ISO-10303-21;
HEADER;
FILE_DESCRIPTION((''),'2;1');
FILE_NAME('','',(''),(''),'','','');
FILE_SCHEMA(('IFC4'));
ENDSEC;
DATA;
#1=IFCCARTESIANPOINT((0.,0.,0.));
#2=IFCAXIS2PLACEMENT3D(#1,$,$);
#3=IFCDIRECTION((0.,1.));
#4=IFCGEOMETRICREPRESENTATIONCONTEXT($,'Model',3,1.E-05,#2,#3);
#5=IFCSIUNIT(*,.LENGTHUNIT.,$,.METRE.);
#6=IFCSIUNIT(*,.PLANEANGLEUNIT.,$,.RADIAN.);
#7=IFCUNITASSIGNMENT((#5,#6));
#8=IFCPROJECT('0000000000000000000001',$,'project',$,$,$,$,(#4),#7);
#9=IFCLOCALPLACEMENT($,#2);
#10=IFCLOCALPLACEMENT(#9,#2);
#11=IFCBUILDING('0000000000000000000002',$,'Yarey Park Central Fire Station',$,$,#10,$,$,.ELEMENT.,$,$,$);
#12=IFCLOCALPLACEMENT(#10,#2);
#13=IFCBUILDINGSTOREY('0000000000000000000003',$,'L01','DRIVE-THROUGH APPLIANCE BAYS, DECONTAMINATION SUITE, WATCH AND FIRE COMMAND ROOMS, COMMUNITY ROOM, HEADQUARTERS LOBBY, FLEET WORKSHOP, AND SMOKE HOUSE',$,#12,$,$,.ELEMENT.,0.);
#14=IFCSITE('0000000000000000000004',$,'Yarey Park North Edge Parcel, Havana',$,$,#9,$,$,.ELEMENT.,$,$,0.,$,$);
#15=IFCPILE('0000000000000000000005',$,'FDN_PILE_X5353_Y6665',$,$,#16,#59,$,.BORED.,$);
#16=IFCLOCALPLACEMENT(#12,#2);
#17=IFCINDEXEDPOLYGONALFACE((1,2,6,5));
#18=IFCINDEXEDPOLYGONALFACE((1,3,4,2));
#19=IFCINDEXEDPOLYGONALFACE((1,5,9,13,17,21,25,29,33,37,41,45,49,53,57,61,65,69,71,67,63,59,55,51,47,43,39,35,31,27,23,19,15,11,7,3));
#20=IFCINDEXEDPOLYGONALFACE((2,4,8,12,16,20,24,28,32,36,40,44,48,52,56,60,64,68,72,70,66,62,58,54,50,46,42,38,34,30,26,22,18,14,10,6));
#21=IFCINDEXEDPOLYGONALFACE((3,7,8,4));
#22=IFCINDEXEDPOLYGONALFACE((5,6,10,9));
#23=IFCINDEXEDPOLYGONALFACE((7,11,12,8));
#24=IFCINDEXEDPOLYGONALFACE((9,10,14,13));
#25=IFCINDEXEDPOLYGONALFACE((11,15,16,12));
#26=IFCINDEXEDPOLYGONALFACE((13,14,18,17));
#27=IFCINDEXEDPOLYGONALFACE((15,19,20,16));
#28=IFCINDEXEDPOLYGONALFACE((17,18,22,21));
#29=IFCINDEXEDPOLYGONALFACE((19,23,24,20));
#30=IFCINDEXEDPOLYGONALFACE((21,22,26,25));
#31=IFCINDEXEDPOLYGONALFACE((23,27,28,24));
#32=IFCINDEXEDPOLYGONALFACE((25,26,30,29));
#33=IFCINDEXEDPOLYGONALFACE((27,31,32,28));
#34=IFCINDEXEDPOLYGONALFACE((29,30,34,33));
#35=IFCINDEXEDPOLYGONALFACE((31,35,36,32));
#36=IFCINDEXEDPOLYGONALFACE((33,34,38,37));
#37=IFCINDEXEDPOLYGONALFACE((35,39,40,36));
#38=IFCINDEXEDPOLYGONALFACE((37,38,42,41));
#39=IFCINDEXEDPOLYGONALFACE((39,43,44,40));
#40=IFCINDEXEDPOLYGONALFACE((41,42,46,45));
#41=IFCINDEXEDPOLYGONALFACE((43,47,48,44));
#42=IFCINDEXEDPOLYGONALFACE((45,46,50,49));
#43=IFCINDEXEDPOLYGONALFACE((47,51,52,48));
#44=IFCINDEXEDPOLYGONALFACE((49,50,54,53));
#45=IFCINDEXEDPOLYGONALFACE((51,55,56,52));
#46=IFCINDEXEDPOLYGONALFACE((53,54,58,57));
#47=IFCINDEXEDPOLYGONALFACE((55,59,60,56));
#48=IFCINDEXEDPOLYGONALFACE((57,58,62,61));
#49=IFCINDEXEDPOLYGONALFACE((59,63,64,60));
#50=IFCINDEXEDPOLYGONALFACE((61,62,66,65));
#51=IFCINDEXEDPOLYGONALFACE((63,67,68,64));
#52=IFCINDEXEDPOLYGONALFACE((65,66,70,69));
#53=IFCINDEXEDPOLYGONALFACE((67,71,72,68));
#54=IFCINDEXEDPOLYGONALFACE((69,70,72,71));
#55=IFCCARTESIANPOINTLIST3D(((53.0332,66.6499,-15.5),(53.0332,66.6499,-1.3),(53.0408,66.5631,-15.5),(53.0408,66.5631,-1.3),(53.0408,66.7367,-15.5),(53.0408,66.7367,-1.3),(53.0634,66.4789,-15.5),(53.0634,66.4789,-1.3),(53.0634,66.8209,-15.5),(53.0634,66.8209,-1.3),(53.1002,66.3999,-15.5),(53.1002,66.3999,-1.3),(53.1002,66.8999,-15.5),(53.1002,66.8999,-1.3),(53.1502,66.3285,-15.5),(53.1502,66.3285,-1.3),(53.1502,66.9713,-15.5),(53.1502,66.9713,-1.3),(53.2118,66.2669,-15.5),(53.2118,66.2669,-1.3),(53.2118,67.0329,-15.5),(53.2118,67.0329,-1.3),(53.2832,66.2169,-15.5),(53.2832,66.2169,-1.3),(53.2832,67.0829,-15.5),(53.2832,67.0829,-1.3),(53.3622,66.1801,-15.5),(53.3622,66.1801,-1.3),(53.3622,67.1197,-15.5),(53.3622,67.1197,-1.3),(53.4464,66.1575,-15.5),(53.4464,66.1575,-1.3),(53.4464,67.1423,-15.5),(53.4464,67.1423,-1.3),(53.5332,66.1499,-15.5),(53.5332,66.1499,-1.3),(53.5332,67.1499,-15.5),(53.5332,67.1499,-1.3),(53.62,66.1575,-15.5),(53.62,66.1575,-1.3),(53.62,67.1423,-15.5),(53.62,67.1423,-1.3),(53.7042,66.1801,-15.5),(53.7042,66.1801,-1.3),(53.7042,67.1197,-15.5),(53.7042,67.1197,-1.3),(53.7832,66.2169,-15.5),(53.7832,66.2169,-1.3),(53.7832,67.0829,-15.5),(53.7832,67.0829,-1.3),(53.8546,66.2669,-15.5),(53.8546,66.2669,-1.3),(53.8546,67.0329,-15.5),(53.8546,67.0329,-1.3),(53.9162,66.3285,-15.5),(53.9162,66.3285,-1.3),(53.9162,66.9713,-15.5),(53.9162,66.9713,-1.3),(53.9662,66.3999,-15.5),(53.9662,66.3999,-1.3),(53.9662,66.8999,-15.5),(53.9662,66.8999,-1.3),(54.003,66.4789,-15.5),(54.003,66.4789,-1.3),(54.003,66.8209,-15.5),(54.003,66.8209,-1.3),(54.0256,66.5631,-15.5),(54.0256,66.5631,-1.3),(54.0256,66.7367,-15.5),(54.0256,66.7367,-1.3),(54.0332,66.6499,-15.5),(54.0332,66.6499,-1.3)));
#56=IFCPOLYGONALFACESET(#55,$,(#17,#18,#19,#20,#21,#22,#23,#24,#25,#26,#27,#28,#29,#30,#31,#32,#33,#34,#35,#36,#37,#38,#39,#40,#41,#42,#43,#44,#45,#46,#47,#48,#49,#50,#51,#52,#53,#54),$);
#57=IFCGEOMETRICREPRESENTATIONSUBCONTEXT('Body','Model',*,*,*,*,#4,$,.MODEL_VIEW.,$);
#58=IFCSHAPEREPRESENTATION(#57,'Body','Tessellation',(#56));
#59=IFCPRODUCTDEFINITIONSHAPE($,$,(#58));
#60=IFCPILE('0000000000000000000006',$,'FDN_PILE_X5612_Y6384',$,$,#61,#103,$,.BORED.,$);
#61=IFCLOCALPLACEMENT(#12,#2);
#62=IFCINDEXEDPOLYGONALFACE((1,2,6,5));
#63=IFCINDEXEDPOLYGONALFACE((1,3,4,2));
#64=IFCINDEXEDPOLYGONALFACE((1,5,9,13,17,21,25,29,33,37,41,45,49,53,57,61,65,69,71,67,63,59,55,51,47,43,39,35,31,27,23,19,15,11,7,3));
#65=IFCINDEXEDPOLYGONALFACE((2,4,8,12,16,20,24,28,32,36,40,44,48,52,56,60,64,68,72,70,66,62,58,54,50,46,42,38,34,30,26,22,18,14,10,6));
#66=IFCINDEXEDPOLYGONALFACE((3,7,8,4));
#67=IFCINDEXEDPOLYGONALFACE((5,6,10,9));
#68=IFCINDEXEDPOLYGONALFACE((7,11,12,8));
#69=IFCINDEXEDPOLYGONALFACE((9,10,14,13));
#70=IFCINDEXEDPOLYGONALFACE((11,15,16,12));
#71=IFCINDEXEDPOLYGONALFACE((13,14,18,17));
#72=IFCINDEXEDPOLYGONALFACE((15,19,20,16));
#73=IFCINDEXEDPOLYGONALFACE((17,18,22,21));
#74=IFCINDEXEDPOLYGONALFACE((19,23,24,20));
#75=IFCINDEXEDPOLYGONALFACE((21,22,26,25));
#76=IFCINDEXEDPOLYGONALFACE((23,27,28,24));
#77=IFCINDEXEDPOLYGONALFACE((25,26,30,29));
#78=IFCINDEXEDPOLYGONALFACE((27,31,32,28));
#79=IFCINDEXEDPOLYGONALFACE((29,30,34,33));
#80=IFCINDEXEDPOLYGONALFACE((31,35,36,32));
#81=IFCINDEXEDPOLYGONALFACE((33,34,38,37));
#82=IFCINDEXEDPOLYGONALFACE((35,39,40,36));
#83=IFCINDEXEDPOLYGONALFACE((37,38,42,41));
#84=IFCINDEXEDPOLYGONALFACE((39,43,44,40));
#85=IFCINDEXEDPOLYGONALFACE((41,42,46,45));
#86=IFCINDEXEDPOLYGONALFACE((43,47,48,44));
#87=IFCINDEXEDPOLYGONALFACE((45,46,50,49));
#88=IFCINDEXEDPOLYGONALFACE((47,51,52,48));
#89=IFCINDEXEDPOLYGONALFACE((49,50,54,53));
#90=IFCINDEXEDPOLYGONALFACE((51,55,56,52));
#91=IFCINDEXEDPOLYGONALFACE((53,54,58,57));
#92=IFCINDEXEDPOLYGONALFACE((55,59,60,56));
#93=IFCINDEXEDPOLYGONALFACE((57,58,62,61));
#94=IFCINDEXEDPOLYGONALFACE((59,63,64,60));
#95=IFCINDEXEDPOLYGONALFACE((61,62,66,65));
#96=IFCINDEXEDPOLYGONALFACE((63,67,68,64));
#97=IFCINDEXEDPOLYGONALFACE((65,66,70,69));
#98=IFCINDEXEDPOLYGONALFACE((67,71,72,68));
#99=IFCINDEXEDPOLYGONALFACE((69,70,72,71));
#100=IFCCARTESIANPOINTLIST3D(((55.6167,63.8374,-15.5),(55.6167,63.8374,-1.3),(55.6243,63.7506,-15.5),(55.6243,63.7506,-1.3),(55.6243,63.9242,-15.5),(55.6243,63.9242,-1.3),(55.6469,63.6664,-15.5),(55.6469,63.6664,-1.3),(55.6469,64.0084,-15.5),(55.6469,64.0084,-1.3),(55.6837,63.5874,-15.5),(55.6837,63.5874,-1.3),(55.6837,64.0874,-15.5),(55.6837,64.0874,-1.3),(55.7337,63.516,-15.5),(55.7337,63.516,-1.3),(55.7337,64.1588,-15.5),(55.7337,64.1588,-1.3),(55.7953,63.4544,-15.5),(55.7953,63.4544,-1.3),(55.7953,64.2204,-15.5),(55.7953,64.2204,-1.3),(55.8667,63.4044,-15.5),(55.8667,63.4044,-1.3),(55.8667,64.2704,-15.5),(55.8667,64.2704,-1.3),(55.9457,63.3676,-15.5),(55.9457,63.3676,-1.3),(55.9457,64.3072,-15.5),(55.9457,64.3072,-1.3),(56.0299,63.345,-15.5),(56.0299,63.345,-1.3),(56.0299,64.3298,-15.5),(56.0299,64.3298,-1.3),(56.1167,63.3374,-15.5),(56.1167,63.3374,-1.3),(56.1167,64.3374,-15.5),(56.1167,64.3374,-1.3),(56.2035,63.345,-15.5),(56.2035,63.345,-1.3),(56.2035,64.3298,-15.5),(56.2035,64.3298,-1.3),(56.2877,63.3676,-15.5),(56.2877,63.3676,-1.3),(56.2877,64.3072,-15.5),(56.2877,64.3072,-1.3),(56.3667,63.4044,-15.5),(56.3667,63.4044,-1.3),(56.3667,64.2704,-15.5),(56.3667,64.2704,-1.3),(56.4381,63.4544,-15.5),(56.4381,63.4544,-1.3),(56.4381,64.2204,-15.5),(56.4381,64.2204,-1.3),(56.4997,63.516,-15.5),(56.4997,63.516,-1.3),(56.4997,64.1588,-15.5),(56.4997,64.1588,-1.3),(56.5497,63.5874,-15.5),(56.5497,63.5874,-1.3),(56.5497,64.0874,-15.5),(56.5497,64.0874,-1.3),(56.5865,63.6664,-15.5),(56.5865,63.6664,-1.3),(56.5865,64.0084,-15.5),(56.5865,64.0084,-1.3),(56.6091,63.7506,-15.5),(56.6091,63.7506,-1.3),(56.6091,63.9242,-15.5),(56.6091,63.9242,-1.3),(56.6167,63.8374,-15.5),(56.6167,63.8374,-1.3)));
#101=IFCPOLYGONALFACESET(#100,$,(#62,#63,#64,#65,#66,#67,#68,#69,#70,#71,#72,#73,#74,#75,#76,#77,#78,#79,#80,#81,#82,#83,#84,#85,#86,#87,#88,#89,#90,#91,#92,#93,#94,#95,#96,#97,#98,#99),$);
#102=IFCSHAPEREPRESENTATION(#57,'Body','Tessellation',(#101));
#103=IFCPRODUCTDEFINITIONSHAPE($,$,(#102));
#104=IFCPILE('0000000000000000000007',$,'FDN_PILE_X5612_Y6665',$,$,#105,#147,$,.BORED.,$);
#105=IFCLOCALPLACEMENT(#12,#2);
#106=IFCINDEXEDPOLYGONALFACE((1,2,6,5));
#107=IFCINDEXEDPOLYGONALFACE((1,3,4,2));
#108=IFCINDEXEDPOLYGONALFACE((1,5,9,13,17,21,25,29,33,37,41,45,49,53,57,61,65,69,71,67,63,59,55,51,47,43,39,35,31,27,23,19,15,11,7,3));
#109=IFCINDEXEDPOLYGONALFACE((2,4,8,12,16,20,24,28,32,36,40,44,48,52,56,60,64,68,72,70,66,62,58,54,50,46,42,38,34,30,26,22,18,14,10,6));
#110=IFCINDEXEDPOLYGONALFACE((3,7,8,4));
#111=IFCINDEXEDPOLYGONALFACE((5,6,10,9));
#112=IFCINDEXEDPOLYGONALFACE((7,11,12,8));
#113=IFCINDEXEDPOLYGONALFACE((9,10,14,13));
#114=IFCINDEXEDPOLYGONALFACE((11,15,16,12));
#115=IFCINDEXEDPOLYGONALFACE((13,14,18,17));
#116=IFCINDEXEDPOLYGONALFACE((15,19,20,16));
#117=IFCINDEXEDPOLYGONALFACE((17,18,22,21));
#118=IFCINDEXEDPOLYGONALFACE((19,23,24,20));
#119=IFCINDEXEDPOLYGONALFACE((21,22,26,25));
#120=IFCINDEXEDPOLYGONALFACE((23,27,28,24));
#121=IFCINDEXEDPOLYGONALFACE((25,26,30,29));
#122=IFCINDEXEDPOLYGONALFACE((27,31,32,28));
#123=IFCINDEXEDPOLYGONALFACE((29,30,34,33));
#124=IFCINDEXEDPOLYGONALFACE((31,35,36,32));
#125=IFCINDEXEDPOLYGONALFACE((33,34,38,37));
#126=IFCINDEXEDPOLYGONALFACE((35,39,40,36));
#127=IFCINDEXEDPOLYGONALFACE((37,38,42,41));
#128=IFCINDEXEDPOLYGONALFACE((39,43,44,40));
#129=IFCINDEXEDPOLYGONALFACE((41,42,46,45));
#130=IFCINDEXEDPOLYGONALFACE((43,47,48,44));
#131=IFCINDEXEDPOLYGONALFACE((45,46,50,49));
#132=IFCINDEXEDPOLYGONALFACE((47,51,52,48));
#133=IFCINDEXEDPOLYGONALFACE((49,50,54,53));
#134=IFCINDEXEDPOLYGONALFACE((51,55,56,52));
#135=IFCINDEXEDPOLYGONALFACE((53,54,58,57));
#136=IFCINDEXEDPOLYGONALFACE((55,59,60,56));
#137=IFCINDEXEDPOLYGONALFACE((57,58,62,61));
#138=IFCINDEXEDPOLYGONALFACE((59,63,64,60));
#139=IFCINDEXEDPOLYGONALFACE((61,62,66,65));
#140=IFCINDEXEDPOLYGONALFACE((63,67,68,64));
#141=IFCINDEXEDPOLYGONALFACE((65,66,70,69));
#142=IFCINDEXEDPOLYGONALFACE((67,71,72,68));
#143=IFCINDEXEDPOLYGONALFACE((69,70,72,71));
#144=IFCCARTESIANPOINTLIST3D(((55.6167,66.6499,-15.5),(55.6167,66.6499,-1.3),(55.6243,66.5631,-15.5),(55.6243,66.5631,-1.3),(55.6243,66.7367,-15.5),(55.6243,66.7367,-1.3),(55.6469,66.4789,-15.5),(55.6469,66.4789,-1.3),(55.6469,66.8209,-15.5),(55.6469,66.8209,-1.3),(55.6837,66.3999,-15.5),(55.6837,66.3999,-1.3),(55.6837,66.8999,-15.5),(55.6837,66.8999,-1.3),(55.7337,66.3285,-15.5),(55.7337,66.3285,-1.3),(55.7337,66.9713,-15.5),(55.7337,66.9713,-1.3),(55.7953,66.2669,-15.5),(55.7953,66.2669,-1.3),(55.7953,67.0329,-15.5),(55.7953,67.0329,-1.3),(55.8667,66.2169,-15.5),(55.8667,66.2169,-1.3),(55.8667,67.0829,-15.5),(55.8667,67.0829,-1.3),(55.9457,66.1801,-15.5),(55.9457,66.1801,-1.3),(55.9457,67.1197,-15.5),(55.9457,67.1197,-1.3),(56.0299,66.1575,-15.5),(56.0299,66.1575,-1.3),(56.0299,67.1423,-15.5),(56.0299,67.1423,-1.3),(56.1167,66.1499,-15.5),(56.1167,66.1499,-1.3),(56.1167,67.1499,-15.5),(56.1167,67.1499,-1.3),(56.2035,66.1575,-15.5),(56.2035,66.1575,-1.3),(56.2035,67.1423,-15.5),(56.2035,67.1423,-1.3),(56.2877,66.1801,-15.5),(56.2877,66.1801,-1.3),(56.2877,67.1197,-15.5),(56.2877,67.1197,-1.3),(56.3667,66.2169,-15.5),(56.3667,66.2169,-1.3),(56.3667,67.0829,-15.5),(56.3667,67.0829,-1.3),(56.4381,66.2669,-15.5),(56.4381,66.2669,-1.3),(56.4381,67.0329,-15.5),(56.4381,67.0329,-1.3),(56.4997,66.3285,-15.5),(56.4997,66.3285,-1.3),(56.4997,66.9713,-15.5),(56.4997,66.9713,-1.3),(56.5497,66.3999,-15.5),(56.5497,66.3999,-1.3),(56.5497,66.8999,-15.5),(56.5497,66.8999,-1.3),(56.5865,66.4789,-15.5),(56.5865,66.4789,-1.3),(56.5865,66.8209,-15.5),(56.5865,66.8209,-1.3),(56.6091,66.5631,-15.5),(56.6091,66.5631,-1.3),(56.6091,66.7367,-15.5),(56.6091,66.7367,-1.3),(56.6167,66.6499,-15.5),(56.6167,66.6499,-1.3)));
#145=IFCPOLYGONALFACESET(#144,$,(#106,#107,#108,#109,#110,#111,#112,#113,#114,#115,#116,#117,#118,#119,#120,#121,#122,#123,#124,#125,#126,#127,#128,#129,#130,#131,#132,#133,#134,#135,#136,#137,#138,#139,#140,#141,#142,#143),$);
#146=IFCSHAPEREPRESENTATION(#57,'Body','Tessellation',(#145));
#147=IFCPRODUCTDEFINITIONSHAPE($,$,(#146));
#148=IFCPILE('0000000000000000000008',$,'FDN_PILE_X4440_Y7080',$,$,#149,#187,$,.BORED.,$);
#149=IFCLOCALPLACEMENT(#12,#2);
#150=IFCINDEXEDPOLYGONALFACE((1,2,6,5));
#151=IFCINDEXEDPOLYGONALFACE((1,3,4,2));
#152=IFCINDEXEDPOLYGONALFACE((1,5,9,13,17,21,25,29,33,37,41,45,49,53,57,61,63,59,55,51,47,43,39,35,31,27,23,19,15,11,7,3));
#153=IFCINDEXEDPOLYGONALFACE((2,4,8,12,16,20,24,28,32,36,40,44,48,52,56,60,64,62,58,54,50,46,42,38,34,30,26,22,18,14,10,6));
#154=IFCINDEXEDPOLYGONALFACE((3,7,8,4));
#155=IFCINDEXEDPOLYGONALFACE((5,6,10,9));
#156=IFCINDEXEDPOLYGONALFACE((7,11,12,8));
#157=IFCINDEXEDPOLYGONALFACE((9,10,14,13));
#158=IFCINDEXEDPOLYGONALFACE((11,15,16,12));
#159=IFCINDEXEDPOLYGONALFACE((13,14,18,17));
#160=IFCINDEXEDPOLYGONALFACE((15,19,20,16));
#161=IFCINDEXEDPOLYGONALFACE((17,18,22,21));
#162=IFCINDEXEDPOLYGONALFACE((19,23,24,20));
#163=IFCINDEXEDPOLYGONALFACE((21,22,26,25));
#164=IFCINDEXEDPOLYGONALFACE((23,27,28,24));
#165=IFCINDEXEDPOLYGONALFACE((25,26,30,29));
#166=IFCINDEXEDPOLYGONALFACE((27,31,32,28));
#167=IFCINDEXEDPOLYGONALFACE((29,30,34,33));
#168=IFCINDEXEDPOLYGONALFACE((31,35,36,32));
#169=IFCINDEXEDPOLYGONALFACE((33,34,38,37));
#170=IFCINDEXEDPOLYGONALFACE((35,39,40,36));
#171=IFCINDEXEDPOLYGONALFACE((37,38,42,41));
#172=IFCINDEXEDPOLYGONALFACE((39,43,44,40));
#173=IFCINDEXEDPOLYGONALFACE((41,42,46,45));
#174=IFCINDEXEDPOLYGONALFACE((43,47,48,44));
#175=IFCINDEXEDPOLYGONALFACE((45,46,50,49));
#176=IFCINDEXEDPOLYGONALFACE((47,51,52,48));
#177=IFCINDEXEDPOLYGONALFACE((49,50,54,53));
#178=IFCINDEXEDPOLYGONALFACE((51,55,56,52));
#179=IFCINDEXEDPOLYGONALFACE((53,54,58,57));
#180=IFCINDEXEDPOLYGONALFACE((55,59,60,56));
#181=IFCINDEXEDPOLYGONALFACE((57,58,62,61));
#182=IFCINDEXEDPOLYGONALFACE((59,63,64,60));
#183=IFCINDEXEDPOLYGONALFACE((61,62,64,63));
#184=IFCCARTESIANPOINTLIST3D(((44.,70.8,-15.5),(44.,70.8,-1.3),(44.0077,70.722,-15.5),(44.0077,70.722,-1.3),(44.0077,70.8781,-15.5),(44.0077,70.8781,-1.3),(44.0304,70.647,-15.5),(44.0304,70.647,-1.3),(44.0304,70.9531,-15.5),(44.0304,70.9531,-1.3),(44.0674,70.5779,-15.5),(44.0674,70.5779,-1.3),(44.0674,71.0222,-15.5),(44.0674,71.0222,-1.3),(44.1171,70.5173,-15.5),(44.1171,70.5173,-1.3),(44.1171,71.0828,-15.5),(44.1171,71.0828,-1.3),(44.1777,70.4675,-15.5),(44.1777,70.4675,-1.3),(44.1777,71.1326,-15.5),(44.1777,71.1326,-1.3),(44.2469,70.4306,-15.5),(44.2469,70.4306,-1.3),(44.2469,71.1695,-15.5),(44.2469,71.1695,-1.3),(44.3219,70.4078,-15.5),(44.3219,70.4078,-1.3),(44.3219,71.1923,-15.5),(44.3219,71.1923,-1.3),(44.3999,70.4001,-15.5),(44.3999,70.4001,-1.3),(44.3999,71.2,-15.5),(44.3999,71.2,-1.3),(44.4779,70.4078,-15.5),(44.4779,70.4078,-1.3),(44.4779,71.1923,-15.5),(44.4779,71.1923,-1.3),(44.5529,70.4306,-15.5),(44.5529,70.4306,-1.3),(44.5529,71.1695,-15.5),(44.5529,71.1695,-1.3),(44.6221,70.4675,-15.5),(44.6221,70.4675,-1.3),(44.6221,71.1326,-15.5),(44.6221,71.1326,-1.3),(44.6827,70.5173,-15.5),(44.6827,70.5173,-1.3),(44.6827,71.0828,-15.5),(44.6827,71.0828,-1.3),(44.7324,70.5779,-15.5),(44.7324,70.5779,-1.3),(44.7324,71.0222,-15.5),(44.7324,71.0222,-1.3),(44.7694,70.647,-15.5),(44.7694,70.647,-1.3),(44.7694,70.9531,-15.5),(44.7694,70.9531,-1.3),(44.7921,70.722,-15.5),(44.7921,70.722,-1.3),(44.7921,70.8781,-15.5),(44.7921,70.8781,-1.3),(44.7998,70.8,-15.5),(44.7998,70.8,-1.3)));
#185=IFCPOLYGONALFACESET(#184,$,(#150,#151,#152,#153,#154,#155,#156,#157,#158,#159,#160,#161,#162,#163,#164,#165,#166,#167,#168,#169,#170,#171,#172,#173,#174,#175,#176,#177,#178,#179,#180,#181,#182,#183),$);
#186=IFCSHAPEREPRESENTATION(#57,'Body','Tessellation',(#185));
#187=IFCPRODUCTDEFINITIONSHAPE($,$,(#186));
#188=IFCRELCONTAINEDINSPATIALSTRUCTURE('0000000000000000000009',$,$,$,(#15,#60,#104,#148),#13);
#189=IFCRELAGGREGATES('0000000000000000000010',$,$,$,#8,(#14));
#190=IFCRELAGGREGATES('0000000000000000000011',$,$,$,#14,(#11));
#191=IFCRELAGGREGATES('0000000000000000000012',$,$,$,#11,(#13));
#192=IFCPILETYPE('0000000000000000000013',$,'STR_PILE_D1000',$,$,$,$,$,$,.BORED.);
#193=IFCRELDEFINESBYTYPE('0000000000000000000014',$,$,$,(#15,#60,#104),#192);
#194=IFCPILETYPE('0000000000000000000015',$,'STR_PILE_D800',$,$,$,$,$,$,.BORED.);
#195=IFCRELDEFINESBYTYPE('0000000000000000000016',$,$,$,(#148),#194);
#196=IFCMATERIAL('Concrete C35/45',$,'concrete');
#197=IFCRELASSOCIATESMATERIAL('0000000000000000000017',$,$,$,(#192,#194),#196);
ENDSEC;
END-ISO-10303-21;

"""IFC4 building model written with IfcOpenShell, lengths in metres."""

from ifc_helpers import new_model, si_unit, direction, frame, origin, origin_2d, place, context, subcontext, project, spatial, circle, extrude, material, material_profile, profile_set, type_object, element, save


model = new_model("IFC4")

# Units and contexts
model_context = context("Model", 3, precision=1e-05, world=origin(), true_north=direction((0.0, 1.0)))
body_context = subcontext(model_context, "Body", "Model", "MODEL_VIEW")
ifc_project = project(units=[si_unit("LENGTHUNIT", "METRE"), si_unit("PLANEANGLEUNIT", "RADIAN")], contexts=[model_context])

# Site, building, storey
site_placement = place(None, origin())
site = spatial("IfcSite", under=ifc_project, at=site_placement, Name="Yarey Park North Edge Parcel, Havana", CompositionType="ELEMENT", RefElevation=0.0)
building_placement = place(site_placement, origin())
building = spatial("IfcBuilding", under=site, at=building_placement, Name="Yarey Park Central Fire Station", CompositionType="ELEMENT")
storey_placement = place(building_placement, origin())
storey = spatial("IfcBuildingStorey", under=building, at=storey_placement, Name="L01", Description="DRIVE-THROUGH APPLIANCE BAYS, DECONTAMINATION SUITE, WATCH AND FIRE COMMAND ROOMS, COMMUNITY ROOM, HEADQUARTERS LOBBY, FLEET WORKSHOP, AND SMOKE HOUSE", CompositionType="ELEMENT", Elevation=0.0)

# Shared definitions
ifc_material_1 = material(Name="Concrete C35/45", Category="concrete")

# Piles
ifc_material_profile_1 = material_profile(ifc_material_1, circle(Radius=0.5, at=origin_2d()), Name="BORED PILE D1000")
ifc_profile_set_1 = profile_set([ifc_material_profile_1], Name="Concrete C35/45")
pile_type_1 = type_object("IfcPileType", Name="STR_PILE_D1000", PredefinedType="BORED", material=ifc_profile_set_1)
for number, where, z_axis, x_axis, name in (
    (1, (53.5332, 66.6499, -1.3), (0.0, 0.0, -1.0), (1.0, 0.0, 0.0), "FDN_PILE_X5353_Y6665"),
    (2, (56.1167, 63.8374, -1.3), (0.0, 0.0, -1.0), (1.0, 0.0, 0.0), "FDN_PILE_X5612_Y6384"),
    (3, (56.1167, 66.6499, -1.3), (0.0, 0.0, -1.0), (1.0, 0.0, 0.0), "FDN_PILE_X5612_Y6665"),
):
    element("IfcPile", number, at=place(storey_placement, frame(where, z_axis=z_axis, x_axis=x_axis)), inside=storey, type_object=pile_type_1, Name=name, PredefinedType="BORED", context=body_context, shape_type="SweptSolid", body=[
        extrude(circle(Radius=0.5, at=origin_2d()), origin(), (0.0, 0.0, 1.0), 14.2),
    ])
ifc_material_profile_2 = material_profile(ifc_material_1, circle(Radius=0.3999, at=origin_2d()), Name="BORED PILE D800")
ifc_profile_set_2 = profile_set([ifc_material_profile_2], Name="Concrete C35/45")
pile_type_2 = type_object("IfcPileType", Name="STR_PILE_D800", PredefinedType="BORED", material=ifc_profile_set_2)
for number, where, z_axis, x_axis, name in (
    (4, (44.3999, 70.8, -1.3), (0.0, 0.0, -1.0), (1.0, 0.0, 0.0), "FDN_PILE_X4440_Y7080"),
):
    element("IfcPile", number, at=place(storey_placement, frame(where, z_axis=z_axis, x_axis=x_axis)), inside=storey, type_object=pile_type_2, Name=name, PredefinedType="BORED", context=body_context, shape_type="SweptSolid", body=[
        extrude(circle(Radius=0.3999, at=origin_2d()), origin(), (0.0, 0.0, 1.0), 14.2),
    ])

save(model, "model.ifc")
